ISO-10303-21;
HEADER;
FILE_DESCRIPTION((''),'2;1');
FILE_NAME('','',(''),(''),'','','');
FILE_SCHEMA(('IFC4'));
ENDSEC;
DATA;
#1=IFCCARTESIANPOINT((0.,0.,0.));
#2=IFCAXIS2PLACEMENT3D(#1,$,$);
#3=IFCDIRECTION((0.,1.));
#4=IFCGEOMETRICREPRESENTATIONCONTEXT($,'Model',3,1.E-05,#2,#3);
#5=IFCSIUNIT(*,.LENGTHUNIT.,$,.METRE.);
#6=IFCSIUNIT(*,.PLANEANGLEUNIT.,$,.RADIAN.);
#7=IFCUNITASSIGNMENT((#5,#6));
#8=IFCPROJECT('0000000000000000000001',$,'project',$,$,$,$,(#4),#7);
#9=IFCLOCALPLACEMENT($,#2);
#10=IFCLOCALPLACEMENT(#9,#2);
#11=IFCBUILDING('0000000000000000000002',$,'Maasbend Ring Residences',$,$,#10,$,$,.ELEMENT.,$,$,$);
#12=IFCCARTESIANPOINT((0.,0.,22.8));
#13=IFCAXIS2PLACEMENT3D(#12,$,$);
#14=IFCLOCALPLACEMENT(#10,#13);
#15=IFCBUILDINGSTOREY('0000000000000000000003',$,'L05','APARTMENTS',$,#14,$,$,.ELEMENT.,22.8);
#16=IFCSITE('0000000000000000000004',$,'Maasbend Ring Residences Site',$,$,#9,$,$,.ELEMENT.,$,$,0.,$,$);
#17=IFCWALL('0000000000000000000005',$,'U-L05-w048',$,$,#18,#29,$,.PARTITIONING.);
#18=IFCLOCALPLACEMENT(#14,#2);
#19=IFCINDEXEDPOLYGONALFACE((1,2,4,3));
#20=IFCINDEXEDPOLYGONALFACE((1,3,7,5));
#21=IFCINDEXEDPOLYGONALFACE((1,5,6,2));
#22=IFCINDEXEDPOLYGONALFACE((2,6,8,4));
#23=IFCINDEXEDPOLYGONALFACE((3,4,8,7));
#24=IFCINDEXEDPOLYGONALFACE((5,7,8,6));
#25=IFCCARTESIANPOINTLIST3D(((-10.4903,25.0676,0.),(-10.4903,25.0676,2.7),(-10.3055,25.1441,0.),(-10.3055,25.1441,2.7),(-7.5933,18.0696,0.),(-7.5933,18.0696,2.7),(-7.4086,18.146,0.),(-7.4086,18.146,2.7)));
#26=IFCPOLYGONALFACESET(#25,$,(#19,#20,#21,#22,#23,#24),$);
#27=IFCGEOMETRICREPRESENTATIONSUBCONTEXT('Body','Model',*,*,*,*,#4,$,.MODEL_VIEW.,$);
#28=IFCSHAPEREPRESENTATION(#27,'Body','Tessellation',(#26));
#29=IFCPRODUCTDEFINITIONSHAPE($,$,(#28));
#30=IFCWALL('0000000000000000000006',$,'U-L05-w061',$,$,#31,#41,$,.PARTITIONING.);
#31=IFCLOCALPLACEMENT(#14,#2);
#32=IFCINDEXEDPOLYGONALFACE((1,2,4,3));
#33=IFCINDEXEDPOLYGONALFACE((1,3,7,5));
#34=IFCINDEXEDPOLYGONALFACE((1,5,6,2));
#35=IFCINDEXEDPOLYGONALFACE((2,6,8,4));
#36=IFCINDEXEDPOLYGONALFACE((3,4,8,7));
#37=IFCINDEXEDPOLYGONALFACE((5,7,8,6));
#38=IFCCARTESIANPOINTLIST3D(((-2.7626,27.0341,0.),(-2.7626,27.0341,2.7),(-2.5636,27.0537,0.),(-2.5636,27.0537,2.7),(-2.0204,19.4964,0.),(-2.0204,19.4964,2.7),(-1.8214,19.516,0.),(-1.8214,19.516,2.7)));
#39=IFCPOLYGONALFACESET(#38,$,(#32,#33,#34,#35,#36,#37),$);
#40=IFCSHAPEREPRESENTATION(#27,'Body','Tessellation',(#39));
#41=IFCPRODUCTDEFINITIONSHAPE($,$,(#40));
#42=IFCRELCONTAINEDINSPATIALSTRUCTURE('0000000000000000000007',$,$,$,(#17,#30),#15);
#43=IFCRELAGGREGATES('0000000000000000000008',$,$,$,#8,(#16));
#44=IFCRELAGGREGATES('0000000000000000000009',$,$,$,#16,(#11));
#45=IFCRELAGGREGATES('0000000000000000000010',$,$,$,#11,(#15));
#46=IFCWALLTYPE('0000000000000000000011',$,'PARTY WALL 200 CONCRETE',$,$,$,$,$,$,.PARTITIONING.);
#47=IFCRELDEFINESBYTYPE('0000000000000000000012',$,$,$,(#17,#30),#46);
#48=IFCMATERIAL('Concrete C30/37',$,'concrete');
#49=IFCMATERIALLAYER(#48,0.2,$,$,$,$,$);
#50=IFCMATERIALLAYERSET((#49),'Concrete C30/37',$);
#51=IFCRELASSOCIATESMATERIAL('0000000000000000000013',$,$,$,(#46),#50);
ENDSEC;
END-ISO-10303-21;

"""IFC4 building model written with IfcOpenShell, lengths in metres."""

from ifc_helpers import new_model, si_unit, direction, frame, frame_2d, origin, place, context, subcontext, project, spatial, rectangle, extrude, material, layer, layer_set, type_object, element, save


model = new_model("IFC4")

# Units and contexts
model_context = context("Model", 3, precision=1e-05, world=origin(), true_north=direction((0.0, 1.0)))
body_context = subcontext(model_context, "Body", "Model", "MODEL_VIEW")
ifc_project = project(units=[si_unit("LENGTHUNIT", "METRE"), si_unit("PLANEANGLEUNIT", "RADIAN")], contexts=[model_context])

# Site, building, storey
site_placement = place(None, origin())
site = spatial("IfcSite", under=ifc_project, at=site_placement, Name="Maasbend Ring Residences Site", CompositionType="ELEMENT", RefElevation=0.0)
building_placement = place(site_placement, origin())
building = spatial("IfcBuilding", under=site, at=building_placement, Name="Maasbend Ring Residences", CompositionType="ELEMENT")
storey_placement = place(building_placement, frame((0.0, 0.0, 22.8)))
storey = spatial("IfcBuildingStorey", under=building, at=storey_placement, Name="L05", Description="APARTMENTS", CompositionType="ELEMENT", Elevation=22.8)

# Walls
ifc_material_1 = material(Name="Concrete C30/37", Category="concrete")
ifc_layer_1 = layer(ifc_material_1, 0.2)
ifc_layer_set_1 = layer_set([ifc_layer_1], Name="Concrete C30/37")
wall_type_1 = type_object("IfcWallType", Name="PARTY WALL 200 CONCRETE", PredefinedType="PARTITIONING", material=ifc_layer_set_1)
wall_1_placement = place(storey_placement, frame((-10.3979, 25.106, 0.0), z_axis=(0.0, 0.0, 1.0), x_axis=(0.38249, -0.923959, 0.0)))
element("IfcWall", 1, at=wall_1_placement, inside=storey, type_object=wall_type_1, Name="U-L05-w048", PredefinedType="PARTITIONING", context=body_context, shape_type="SweptSolid", body=[
    extrude(rectangle(XDim=7.574, YDim=0.2, at=frame_2d((3.7871, 0.0))), origin(), (0.0, 0.0, 1.0), 2.7),
])
wall_2_placement = place(storey_placement, frame((-2.6631, 27.0439, 0.0), z_axis=(0.0, 0.0, 1.0), x_axis=(0.097988, -0.995188, 0.0)))
element("IfcWall", 2, at=wall_2_placement, inside=storey, type_object=wall_type_1, Name="U-L05-w061", PredefinedType="PARTITIONING", context=body_context, shape_type="SweptSolid", body=[
    extrude(rectangle(XDim=7.5742, YDim=0.2, at=frame_2d((3.7871, 0.0))), origin(), (0.0, 0.0, 1.0), 2.7),
])

save(model, "model.ifc")
